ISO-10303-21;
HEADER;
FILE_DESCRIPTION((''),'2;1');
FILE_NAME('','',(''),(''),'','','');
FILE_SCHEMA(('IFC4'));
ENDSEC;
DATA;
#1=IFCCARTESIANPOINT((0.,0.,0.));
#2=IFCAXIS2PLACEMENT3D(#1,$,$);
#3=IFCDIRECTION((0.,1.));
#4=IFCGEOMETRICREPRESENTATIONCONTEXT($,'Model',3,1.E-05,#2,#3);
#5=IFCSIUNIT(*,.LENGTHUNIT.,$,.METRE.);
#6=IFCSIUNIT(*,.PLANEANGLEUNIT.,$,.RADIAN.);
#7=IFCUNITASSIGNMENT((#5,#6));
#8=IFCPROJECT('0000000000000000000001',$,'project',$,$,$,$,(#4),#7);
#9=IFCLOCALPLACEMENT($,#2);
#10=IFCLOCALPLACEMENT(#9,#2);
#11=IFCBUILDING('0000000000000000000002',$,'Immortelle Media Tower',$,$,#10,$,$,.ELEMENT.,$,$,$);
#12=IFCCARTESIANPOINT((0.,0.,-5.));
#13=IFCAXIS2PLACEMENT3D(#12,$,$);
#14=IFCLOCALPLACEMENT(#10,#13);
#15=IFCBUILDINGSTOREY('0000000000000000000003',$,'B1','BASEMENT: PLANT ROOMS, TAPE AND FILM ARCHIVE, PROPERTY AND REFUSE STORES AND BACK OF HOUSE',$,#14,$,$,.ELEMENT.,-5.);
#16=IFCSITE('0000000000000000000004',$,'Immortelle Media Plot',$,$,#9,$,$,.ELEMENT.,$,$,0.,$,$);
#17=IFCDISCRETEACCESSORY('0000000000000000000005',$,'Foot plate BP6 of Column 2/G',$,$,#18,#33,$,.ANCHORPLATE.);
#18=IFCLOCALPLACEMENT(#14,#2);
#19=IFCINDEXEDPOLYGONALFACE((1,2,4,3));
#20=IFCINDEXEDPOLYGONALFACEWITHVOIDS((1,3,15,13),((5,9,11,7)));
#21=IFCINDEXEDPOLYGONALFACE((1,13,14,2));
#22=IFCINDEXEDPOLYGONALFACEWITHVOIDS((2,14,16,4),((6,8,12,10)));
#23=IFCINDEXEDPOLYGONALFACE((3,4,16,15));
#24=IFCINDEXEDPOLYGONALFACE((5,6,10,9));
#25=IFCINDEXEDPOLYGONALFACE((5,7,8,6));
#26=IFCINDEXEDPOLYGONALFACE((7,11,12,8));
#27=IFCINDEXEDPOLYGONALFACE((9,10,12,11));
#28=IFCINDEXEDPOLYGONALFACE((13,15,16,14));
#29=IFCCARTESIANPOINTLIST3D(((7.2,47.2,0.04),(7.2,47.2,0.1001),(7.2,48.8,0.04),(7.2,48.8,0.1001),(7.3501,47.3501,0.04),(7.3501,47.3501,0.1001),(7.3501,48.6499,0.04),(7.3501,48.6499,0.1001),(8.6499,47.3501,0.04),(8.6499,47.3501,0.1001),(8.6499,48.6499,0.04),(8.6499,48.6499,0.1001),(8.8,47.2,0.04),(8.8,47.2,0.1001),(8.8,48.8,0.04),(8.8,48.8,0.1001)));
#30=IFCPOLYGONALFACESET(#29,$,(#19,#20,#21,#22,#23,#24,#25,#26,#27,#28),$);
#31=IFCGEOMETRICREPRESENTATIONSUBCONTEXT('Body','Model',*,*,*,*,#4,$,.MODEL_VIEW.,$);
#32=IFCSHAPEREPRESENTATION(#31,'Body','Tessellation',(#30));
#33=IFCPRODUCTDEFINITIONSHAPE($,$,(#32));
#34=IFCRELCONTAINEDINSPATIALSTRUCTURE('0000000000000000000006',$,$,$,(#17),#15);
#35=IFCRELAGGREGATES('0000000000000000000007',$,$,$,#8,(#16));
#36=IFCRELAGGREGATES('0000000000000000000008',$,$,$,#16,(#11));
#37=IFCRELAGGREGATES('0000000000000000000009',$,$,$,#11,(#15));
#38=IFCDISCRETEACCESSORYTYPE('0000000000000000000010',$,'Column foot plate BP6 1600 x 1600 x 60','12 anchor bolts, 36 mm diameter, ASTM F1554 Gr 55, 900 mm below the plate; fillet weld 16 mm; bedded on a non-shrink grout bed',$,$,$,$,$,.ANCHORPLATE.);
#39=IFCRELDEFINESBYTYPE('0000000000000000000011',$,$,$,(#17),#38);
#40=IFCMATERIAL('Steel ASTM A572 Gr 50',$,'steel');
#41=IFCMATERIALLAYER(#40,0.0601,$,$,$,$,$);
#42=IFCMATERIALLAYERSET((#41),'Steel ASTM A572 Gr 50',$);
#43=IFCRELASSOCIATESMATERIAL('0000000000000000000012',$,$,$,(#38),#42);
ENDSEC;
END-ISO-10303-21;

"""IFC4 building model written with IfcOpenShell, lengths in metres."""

from ifc_helpers import new_model, si_unit, direction, frame, origin, place, context, subcontext, project, spatial, polyline, outline, extrude, material, layer, layer_set, type_object, element, save


model = new_model("IFC4")

# Units and contexts
model_context = context("Model", 3, precision=1e-05, world=origin(), true_north=direction((0.0, 1.0)))
body_context = subcontext(model_context, "Body", "Model", "MODEL_VIEW")
ifc_project = project(units=[si_unit("LENGTHUNIT", "METRE"), si_unit("PLANEANGLEUNIT", "RADIAN")], contexts=[model_context])

# Site, building, storey
site_placement = place(None, origin())
site = spatial("IfcSite", under=ifc_project, at=site_placement, Name="Immortelle Media Plot", CompositionType="ELEMENT", RefElevation=0.0)
building_placement = place(site_placement, origin())
building = spatial("IfcBuilding", under=site, at=building_placement, Name="Immortelle Media Tower", CompositionType="ELEMENT")
storey_placement = place(building_placement, frame((0.0, 0.0, -5.0)))
storey = spatial("IfcBuildingStorey", under=building, at=storey_placement, Name="B1", Description="BASEMENT: PLANT ROOMS, TAPE AND FILM ARCHIVE, PROPERTY AND REFUSE STORES AND BACK OF HOUSE", CompositionType="ELEMENT", Elevation=-5.0)

# Shared definitions
ifc_material_1 = material(Name="Steel ASTM A572 Gr 50", Category="steel")

# Discrete accessory
ifc_layer_1 = layer(ifc_material_1, 0.0601)
ifc_layer_set_1 = layer_set([ifc_layer_1], Name="Steel ASTM A572 Gr 50")
discrete_accessory_type = type_object("IfcDiscreteAccessoryType", Name="Column foot plate BP6 1600 x 1600 x 60", Description="12 anchor bolts, 36 mm diameter, ASTM F1554 Gr 55, 900 mm below the plate; fillet weld 16 mm; bedded on a non-shrink grout bed", PredefinedType="ANCHORPLATE", material=ifc_layer_set_1)
discrete_accessory_1_placement = place(storey_placement, frame((8.0, 48.0, 0.04), z_axis=(0.0, 0.0, 1.0), x_axis=(1.0, 0.0, 0.0)))
element("IfcDiscreteAccessory", 1, at=discrete_accessory_1_placement, inside=storey, type_object=discrete_accessory_type, Name="Foot plate BP6 of Column 2/G", PredefinedType="ANCHORPLATE", context=body_context, shape_type="SweptSolid", body=[
    extrude(outline(polyline([(-0.8, -0.8), (0.8, -0.8), (0.8, 0.8), (-0.8, 0.8), (-0.8, -0.8)]), holes=[polyline([(0.6499, 0.6499), (0.6499, -0.6499), (-0.6499, -0.6499), (-0.6499, 0.6499), (0.6499, 0.6499)])]), origin(), (0.0, 0.0, 1.0), 0.0601),
])

save(model, "model.ifc")
